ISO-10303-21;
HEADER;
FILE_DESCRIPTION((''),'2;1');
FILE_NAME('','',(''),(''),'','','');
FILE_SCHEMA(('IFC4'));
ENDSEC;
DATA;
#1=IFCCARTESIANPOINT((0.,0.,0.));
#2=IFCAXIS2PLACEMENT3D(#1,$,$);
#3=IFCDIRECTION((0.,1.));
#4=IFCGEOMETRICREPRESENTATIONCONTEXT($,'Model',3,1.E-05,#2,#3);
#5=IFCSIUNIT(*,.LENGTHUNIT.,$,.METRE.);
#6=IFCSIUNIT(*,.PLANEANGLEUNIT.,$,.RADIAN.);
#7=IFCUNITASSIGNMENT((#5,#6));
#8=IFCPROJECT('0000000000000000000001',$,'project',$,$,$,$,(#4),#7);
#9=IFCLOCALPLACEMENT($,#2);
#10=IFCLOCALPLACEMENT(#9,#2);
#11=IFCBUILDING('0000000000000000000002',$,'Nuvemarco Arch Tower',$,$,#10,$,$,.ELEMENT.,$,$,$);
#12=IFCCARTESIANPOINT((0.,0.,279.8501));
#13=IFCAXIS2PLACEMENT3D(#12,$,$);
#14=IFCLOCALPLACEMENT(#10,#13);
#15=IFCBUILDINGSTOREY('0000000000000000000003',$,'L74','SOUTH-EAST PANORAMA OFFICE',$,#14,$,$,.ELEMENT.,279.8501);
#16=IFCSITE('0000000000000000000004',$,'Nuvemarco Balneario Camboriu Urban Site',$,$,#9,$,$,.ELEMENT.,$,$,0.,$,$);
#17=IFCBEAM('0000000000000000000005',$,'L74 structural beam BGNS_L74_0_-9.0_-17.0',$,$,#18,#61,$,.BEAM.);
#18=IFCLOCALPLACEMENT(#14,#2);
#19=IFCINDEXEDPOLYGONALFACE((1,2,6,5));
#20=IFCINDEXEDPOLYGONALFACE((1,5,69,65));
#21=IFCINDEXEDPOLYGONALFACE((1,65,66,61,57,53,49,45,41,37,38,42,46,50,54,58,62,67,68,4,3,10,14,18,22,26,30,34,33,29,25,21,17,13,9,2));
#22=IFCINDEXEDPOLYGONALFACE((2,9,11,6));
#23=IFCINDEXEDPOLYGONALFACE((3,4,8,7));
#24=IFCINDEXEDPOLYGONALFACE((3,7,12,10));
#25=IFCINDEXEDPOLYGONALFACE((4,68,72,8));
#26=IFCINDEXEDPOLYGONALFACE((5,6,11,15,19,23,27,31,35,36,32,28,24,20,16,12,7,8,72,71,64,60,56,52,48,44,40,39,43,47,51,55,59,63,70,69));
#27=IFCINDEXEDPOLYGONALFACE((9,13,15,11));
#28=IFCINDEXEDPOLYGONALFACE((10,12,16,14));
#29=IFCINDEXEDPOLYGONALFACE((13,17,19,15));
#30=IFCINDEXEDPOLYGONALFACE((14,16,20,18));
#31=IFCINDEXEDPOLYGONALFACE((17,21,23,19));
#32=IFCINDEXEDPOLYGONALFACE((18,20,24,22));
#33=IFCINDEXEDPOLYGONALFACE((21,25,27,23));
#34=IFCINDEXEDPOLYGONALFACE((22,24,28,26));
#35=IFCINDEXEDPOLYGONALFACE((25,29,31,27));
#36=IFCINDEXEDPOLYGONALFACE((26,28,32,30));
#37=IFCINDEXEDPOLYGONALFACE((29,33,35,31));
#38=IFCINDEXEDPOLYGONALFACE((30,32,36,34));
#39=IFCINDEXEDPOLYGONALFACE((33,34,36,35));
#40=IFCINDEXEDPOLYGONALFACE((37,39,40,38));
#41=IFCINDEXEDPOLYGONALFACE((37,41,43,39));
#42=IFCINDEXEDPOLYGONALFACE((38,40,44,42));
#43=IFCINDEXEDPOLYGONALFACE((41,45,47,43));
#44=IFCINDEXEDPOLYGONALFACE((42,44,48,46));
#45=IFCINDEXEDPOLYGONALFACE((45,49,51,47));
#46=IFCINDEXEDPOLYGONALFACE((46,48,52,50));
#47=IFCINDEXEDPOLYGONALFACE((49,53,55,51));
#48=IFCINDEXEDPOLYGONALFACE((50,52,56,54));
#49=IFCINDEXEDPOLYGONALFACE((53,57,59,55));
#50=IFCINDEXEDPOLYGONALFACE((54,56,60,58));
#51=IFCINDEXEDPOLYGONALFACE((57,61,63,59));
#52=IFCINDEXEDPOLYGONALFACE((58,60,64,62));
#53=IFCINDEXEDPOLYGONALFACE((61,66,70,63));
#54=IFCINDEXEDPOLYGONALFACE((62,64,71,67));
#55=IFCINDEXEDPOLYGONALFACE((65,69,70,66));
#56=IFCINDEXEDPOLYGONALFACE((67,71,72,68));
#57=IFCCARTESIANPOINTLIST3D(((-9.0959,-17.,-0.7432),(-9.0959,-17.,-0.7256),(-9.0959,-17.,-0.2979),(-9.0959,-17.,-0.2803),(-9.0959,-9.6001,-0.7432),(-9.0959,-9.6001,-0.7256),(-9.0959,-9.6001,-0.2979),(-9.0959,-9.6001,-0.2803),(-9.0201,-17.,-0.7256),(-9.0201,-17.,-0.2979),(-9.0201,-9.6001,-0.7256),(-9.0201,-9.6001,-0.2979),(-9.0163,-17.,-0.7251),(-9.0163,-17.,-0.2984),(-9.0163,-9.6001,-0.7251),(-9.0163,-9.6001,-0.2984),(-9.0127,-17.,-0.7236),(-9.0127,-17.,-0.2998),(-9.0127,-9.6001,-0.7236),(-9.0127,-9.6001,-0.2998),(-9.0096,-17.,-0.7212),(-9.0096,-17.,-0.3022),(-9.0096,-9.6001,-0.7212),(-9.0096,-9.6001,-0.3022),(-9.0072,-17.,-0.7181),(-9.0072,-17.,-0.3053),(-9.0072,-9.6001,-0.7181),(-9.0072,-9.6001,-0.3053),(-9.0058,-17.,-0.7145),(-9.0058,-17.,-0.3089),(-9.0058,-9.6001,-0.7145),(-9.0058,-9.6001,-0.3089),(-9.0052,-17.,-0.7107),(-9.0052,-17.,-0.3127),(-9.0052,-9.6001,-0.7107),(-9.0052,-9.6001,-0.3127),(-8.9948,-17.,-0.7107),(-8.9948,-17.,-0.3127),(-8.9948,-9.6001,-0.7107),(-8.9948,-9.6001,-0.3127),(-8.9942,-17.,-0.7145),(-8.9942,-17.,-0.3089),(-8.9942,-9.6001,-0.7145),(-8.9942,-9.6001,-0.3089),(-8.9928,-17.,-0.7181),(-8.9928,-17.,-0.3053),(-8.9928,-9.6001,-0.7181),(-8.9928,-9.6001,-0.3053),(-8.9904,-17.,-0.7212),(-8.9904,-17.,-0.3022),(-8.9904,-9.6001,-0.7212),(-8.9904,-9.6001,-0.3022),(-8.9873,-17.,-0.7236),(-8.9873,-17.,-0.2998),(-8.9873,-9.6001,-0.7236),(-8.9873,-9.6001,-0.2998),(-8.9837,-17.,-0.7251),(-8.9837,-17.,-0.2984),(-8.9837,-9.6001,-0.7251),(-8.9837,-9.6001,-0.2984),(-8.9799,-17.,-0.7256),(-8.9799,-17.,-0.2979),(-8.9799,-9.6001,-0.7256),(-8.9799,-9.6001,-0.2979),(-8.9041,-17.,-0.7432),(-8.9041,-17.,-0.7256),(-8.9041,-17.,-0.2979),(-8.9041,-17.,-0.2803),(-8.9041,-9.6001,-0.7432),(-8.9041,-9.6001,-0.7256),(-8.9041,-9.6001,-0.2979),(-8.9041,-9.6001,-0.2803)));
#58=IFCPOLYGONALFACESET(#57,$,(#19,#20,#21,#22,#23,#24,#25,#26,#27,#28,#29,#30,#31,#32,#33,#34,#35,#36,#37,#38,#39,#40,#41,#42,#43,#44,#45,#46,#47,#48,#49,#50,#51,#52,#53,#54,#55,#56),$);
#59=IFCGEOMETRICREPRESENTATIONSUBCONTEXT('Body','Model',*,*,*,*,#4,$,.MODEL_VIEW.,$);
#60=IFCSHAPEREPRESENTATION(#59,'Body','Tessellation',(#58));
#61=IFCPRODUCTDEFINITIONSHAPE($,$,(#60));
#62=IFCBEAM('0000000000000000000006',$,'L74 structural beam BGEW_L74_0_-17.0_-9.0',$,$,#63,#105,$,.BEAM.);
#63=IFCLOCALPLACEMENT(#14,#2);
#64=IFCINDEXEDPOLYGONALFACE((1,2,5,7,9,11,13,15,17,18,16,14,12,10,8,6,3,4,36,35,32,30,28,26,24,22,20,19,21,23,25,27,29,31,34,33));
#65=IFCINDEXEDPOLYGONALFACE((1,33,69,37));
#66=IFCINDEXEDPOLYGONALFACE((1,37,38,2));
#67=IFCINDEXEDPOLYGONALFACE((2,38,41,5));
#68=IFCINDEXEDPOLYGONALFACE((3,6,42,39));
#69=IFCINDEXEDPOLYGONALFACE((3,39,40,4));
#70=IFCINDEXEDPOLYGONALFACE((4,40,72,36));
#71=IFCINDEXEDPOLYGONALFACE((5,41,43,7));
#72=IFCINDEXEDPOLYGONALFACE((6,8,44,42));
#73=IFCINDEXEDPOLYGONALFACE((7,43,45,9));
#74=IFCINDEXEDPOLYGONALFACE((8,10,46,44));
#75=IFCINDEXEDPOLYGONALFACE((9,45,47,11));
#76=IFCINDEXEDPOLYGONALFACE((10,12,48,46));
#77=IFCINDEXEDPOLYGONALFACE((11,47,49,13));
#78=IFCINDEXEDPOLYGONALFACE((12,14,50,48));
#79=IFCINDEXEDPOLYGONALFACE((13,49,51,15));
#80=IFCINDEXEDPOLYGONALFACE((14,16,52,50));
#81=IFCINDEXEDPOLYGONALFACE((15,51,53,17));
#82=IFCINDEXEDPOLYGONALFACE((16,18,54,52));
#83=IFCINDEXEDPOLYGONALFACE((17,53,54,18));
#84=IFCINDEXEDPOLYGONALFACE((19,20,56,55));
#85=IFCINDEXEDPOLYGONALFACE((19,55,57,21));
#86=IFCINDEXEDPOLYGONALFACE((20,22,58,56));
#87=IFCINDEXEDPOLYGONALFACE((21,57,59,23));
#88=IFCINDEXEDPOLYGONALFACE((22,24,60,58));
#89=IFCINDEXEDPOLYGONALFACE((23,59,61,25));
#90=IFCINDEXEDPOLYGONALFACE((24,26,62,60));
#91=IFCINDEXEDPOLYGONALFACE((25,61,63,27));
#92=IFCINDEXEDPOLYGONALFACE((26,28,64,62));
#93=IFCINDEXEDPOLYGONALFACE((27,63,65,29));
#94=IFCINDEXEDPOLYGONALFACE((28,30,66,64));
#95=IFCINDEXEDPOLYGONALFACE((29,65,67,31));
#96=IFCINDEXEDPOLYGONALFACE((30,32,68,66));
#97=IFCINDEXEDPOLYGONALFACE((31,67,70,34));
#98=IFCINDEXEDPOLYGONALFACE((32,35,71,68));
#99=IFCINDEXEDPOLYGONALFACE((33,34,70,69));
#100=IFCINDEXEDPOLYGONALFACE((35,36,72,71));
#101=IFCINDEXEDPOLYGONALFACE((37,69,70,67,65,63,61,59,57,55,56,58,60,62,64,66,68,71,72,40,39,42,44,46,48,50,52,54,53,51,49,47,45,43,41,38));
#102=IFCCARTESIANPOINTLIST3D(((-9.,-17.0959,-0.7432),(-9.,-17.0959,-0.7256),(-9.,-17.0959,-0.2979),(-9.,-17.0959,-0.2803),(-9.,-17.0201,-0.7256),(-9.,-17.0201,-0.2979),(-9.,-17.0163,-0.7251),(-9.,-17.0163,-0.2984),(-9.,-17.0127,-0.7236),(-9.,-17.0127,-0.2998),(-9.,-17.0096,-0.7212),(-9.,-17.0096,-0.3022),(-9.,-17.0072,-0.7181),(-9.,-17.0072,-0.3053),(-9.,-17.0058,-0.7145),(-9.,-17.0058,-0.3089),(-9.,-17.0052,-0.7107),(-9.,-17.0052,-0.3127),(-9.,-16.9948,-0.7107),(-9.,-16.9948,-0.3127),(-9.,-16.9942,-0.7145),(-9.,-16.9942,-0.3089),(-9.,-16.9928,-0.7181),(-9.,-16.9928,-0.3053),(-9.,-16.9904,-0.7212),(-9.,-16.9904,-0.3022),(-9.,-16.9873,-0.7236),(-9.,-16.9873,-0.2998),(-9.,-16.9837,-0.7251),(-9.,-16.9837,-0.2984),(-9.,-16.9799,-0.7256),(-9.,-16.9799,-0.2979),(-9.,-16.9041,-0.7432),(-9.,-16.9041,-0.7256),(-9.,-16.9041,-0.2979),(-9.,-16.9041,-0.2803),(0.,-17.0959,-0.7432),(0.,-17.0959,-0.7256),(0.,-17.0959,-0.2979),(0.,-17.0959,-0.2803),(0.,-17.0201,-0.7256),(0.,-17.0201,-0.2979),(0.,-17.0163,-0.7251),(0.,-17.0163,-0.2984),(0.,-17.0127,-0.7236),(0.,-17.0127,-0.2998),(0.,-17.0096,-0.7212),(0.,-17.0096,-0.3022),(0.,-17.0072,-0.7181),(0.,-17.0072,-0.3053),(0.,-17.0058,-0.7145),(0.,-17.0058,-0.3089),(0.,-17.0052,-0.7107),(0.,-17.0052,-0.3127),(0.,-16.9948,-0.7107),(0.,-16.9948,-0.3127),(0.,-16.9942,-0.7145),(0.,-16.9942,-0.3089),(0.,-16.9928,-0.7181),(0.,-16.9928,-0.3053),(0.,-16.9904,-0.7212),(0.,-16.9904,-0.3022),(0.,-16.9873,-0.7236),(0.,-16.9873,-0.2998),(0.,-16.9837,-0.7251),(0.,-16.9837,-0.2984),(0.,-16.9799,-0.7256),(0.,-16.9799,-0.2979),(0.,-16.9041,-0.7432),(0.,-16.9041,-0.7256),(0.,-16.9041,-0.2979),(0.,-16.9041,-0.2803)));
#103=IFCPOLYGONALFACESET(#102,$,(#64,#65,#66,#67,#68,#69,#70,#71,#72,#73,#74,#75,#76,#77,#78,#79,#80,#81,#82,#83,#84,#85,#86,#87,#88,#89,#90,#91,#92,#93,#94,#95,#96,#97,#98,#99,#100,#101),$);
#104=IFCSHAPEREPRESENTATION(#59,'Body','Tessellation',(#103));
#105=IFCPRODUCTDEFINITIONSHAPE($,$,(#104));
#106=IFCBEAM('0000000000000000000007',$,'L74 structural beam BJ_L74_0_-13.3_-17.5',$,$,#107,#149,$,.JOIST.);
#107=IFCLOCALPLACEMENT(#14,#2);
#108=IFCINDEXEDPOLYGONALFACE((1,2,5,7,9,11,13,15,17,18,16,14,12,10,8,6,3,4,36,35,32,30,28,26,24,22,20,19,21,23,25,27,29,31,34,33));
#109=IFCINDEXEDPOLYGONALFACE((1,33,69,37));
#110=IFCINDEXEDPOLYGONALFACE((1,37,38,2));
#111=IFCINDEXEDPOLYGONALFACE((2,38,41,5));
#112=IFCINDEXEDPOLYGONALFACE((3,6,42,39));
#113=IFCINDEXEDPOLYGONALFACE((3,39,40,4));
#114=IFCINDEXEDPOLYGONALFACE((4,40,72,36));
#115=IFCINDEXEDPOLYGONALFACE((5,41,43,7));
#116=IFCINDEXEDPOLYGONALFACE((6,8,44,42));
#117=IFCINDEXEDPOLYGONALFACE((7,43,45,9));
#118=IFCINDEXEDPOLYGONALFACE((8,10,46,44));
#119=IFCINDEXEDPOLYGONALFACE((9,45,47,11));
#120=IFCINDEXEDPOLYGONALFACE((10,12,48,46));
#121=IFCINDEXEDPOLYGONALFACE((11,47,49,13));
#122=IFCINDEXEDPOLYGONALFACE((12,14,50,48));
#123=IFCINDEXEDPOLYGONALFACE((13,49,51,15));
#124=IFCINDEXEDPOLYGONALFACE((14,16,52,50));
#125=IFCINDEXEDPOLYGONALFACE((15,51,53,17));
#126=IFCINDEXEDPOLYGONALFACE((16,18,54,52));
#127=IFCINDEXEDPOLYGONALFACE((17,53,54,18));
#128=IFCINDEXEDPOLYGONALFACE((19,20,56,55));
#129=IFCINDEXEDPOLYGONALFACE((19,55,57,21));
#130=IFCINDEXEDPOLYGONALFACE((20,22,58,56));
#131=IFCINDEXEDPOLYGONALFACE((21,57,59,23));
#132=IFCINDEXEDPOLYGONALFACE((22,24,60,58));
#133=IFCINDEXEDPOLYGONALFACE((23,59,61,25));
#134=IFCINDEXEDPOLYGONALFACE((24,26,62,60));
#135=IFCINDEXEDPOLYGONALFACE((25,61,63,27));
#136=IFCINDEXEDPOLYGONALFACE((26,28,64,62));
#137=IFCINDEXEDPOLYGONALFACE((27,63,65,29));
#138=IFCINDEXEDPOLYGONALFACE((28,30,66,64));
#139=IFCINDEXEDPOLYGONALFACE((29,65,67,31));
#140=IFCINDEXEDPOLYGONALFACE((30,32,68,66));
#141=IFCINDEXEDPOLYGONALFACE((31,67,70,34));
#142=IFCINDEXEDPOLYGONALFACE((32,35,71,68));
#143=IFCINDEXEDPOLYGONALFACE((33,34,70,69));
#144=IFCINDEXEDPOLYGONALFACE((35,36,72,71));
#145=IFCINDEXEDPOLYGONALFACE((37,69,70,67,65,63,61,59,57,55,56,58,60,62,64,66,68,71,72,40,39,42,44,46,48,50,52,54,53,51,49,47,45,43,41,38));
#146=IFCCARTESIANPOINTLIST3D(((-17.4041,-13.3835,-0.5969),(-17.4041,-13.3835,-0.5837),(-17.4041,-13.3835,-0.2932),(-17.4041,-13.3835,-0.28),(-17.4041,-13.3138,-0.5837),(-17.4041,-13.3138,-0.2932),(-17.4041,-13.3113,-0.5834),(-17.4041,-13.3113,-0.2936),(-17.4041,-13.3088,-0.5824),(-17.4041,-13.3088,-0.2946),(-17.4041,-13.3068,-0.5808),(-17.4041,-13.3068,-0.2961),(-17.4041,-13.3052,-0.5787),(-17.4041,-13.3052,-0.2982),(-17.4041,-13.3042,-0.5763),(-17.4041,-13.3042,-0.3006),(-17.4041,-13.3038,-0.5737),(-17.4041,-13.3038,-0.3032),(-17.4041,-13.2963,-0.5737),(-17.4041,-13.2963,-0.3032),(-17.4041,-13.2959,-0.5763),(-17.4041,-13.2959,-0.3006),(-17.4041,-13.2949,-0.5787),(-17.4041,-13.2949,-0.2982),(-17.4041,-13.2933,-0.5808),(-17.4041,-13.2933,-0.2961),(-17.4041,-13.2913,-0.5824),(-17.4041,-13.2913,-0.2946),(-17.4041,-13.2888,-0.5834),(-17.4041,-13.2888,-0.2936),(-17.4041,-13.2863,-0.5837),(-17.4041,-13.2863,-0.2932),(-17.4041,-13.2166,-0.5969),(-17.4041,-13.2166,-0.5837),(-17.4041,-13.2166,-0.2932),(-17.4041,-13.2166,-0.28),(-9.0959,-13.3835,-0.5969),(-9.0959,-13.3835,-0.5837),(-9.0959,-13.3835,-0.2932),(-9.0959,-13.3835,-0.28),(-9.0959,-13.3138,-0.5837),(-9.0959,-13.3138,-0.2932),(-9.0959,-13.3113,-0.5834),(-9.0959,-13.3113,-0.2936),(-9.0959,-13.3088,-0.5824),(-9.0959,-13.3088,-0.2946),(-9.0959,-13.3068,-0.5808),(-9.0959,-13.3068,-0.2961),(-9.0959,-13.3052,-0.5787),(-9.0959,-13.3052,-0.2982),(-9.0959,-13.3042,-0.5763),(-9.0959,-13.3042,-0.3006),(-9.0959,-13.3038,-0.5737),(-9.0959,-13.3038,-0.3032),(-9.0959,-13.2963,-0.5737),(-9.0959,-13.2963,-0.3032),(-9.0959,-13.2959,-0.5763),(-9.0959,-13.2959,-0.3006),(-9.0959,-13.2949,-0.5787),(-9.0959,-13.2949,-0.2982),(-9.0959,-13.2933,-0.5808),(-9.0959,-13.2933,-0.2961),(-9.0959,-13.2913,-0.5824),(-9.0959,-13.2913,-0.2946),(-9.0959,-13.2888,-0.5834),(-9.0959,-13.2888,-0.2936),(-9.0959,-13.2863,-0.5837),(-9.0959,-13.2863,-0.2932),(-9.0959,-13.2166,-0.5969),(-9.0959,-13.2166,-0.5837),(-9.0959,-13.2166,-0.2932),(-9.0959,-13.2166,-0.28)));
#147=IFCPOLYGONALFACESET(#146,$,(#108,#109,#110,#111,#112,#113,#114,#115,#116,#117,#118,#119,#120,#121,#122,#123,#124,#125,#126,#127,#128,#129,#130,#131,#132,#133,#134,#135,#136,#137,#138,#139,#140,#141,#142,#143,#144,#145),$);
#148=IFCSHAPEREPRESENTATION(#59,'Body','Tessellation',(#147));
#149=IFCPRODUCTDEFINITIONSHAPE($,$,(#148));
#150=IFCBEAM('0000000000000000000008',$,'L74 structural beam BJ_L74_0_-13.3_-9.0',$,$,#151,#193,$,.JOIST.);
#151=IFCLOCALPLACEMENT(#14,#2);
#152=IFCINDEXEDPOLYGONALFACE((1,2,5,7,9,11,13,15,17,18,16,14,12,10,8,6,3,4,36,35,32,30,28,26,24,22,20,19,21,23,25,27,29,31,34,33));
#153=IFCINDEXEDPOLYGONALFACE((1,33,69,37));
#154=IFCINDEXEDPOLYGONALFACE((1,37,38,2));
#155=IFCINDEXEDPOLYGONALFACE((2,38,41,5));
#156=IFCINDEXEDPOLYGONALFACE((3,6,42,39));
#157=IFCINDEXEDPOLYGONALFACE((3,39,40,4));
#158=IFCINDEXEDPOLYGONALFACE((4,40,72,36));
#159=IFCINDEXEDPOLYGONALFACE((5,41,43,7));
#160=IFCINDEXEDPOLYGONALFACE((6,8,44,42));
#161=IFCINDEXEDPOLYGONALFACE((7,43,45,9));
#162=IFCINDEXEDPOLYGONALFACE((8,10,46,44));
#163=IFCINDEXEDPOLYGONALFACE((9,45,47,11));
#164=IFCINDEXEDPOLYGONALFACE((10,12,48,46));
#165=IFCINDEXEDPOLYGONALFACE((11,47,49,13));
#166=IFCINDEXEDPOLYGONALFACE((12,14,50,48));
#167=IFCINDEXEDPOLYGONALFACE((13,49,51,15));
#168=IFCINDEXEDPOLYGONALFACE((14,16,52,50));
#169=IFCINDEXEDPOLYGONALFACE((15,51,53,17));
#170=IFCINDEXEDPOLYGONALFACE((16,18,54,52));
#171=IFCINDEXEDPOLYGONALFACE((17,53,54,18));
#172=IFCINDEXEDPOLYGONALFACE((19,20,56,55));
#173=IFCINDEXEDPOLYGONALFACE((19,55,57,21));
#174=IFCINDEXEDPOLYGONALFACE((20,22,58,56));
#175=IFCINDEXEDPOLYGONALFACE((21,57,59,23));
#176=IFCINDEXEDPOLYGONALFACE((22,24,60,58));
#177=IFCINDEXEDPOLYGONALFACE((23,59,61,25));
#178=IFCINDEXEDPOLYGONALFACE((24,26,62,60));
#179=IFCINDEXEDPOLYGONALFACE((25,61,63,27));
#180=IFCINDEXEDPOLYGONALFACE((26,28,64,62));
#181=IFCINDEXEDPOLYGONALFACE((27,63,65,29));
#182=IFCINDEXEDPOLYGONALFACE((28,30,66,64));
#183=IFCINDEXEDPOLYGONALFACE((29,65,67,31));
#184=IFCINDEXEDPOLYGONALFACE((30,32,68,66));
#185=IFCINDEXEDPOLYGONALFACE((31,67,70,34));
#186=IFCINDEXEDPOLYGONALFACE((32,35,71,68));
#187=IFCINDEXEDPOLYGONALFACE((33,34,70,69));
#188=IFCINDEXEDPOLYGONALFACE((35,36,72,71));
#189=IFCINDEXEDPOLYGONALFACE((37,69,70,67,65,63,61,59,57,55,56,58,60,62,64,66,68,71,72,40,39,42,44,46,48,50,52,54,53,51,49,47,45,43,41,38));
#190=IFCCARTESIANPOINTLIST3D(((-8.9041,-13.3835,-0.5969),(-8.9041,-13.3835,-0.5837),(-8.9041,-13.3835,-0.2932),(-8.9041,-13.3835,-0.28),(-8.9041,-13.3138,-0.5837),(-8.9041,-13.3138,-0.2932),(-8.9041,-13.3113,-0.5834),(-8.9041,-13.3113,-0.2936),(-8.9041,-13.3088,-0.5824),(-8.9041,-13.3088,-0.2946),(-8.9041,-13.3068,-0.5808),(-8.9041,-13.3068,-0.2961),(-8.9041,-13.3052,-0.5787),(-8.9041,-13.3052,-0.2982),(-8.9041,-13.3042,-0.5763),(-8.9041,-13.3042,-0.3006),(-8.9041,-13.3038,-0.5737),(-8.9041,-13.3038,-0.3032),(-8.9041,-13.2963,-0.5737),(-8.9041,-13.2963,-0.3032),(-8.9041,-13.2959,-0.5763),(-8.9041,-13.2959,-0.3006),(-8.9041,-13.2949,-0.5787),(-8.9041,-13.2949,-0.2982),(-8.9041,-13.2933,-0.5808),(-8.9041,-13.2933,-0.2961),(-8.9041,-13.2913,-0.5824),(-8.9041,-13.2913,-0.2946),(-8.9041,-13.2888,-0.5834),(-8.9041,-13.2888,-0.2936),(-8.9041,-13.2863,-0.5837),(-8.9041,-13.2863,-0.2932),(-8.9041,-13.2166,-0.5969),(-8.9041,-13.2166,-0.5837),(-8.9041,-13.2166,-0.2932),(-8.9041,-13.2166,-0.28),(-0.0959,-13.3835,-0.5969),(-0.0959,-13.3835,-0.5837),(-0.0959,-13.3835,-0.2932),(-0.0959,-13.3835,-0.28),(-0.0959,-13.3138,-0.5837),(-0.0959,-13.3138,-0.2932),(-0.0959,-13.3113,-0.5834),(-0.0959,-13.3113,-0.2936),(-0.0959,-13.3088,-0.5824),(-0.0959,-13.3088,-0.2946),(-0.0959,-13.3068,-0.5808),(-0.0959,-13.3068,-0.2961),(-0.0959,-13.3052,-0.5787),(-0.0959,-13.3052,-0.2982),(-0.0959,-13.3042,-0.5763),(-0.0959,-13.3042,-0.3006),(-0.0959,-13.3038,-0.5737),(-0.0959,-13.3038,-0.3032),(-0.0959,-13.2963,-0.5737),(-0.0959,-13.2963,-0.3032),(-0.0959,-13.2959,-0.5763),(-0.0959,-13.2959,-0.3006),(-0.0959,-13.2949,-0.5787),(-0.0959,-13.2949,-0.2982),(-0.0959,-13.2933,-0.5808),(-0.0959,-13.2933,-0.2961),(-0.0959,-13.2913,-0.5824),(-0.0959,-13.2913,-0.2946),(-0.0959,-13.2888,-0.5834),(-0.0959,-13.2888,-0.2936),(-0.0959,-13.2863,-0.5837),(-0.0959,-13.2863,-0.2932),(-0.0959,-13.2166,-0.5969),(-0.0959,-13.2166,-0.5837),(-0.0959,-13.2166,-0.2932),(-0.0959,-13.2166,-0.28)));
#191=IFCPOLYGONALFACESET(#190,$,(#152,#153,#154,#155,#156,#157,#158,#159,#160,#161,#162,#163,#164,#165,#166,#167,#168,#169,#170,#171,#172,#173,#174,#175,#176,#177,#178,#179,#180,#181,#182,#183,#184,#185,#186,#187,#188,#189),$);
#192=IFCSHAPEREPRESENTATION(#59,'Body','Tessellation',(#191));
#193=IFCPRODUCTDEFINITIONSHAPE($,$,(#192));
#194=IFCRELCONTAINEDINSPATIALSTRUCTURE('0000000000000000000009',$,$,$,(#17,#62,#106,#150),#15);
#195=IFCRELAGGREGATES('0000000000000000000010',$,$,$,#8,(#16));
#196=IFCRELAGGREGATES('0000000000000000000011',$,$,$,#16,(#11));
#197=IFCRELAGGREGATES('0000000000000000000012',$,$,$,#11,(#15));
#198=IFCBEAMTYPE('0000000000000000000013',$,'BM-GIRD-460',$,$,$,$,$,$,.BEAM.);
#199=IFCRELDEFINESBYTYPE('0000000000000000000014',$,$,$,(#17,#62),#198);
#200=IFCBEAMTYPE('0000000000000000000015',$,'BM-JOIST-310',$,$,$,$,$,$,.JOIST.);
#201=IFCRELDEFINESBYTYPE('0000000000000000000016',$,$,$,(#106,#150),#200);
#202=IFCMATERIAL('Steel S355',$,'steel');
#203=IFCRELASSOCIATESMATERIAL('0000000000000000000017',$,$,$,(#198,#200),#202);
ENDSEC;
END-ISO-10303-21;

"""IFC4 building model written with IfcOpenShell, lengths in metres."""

from ifc_helpers import new_model, si_unit, direction, frame, origin, origin_2d, place, context, subcontext, project, spatial, i_section, extrude, material, material_profile, profile_set, type_object, element, save


model = new_model("IFC4")

# Units and contexts
model_context = context("Model", 3, precision=1e-05, world=origin(), true_north=direction((0.0, 1.0)))
body_context = subcontext(model_context, "Body", "Model", "MODEL_VIEW")
ifc_project = project(units=[si_unit("LENGTHUNIT", "METRE"), si_unit("PLANEANGLEUNIT", "RADIAN")], contexts=[model_context])

# Site, building, storey
site_placement = place(None, origin())
site = spatial("IfcSite", under=ifc_project, at=site_placement, Name="Nuvemarco Balneario Camboriu Urban Site", CompositionType="ELEMENT", RefElevation=0.0)
building_placement = place(site_placement, origin())
building = spatial("IfcBuilding", under=site, at=building_placement, Name="Nuvemarco Arch Tower", CompositionType="ELEMENT")
storey_placement = place(building_placement, frame((0.0, 0.0, 279.8501)))
storey = spatial("IfcBuildingStorey", under=building, at=storey_placement, Name="L74", Description="SOUTH-EAST PANORAMA OFFICE", CompositionType="ELEMENT", Elevation=279.8501)

# Shared definitions
ifc_material_1 = material(Name="Steel S355", Category="steel")

# Beams
ifc_material_profile_1 = material_profile(ifc_material_1, i_section(OverallWidth=0.1919, OverallDepth=0.4629, WebThickness=0.0105, FlangeThickness=0.0176, FilletRadius=0.0149, at=origin_2d()), Name="W460x89")
ifc_profile_set_1 = profile_set([ifc_material_profile_1], Name="Steel S355")
beam_type_1 = type_object("IfcBeamType", Name="BM-GIRD-460", PredefinedType="BEAM", material=ifc_profile_set_1)
beam_1_placement = place(storey_placement, frame((-9.0, -17.0, -0.5117), z_axis=(0.0, 1.0, 0.0), x_axis=(-1.0, 0.0, 0.0)))
element("IfcBeam", 1, at=beam_1_placement, inside=storey, type_object=beam_type_1, Name="L74 structural beam BGNS_L74_0_-9.0_-17.0", PredefinedType="BEAM", context=body_context, shape_type="SweptSolid", body=[
    extrude(i_section(OverallWidth=0.1919, OverallDepth=0.4629, WebThickness=0.0105, FlangeThickness=0.0176, FilletRadius=0.0149, at=origin_2d()), origin(), (0.0, 0.0, 1.0), 7.3999),
])
beam_2_placement = place(storey_placement, frame((-9.0, -17.0, -0.5117), z_axis=(1.0, 0.0, 0.0), x_axis=(0.0, 1.0, 0.0)))
element("IfcBeam", 2, at=beam_2_placement, inside=storey, type_object=beam_type_1, Name="L74 structural beam BGEW_L74_0_-17.0_-9.0", PredefinedType="BEAM", context=body_context, shape_type="SweptSolid", body=[
    extrude(i_section(OverallWidth=0.1919, OverallDepth=0.4629, WebThickness=0.0105, FlangeThickness=0.0176, FilletRadius=0.0149, at=origin_2d()), origin(), (0.0, 0.0, 1.0), 9.0),
])
ifc_material_profile_2 = material_profile(ifc_material_1, i_section(OverallWidth=0.167, OverallDepth=0.3169, WebThickness=0.0076, FlangeThickness=0.0132, FilletRadius=0.01, at=origin_2d()), Name="W310x52")
ifc_profile_set_2 = profile_set([ifc_material_profile_2], Name="Steel S355")
beam_type_2 = type_object("IfcBeamType", Name="BM-JOIST-310", PredefinedType="JOIST", material=ifc_profile_set_2)
beam_3_placement = place(storey_placement, frame((-17.4041, -13.3, -0.4385), z_axis=(1.0, 0.0, 0.0), x_axis=(0.0, 1.0, 0.0)))
element("IfcBeam", 3, at=beam_3_placement, inside=storey, type_object=beam_type_2, Name="L74 structural beam BJ_L74_0_-13.3_-17.5", PredefinedType="JOIST", context=body_context, shape_type="SweptSolid", body=[
    extrude(i_section(OverallWidth=0.167, OverallDepth=0.3169, WebThickness=0.0076, FlangeThickness=0.0132, FilletRadius=0.01, at=origin_2d()), origin(), (0.0, 0.0, 1.0), 8.3081),
])
beam_4_placement = place(storey_placement, frame((-8.9041, -13.3, -0.4385), z_axis=(1.0, 0.0, 0.0), x_axis=(0.0, 1.0, 0.0)))
element("IfcBeam", 4, at=beam_4_placement, inside=storey, type_object=beam_type_2, Name="L74 structural beam BJ_L74_0_-13.3_-9.0", PredefinedType="JOIST", context=body_context, shape_type="SweptSolid", body=[
    extrude(i_section(OverallWidth=0.167, OverallDepth=0.3169, WebThickness=0.0076, FlangeThickness=0.0132, FilletRadius=0.01, at=origin_2d()), origin(), (0.0, 0.0, 1.0), 8.8081),
])

save(model, "model.ifc")
